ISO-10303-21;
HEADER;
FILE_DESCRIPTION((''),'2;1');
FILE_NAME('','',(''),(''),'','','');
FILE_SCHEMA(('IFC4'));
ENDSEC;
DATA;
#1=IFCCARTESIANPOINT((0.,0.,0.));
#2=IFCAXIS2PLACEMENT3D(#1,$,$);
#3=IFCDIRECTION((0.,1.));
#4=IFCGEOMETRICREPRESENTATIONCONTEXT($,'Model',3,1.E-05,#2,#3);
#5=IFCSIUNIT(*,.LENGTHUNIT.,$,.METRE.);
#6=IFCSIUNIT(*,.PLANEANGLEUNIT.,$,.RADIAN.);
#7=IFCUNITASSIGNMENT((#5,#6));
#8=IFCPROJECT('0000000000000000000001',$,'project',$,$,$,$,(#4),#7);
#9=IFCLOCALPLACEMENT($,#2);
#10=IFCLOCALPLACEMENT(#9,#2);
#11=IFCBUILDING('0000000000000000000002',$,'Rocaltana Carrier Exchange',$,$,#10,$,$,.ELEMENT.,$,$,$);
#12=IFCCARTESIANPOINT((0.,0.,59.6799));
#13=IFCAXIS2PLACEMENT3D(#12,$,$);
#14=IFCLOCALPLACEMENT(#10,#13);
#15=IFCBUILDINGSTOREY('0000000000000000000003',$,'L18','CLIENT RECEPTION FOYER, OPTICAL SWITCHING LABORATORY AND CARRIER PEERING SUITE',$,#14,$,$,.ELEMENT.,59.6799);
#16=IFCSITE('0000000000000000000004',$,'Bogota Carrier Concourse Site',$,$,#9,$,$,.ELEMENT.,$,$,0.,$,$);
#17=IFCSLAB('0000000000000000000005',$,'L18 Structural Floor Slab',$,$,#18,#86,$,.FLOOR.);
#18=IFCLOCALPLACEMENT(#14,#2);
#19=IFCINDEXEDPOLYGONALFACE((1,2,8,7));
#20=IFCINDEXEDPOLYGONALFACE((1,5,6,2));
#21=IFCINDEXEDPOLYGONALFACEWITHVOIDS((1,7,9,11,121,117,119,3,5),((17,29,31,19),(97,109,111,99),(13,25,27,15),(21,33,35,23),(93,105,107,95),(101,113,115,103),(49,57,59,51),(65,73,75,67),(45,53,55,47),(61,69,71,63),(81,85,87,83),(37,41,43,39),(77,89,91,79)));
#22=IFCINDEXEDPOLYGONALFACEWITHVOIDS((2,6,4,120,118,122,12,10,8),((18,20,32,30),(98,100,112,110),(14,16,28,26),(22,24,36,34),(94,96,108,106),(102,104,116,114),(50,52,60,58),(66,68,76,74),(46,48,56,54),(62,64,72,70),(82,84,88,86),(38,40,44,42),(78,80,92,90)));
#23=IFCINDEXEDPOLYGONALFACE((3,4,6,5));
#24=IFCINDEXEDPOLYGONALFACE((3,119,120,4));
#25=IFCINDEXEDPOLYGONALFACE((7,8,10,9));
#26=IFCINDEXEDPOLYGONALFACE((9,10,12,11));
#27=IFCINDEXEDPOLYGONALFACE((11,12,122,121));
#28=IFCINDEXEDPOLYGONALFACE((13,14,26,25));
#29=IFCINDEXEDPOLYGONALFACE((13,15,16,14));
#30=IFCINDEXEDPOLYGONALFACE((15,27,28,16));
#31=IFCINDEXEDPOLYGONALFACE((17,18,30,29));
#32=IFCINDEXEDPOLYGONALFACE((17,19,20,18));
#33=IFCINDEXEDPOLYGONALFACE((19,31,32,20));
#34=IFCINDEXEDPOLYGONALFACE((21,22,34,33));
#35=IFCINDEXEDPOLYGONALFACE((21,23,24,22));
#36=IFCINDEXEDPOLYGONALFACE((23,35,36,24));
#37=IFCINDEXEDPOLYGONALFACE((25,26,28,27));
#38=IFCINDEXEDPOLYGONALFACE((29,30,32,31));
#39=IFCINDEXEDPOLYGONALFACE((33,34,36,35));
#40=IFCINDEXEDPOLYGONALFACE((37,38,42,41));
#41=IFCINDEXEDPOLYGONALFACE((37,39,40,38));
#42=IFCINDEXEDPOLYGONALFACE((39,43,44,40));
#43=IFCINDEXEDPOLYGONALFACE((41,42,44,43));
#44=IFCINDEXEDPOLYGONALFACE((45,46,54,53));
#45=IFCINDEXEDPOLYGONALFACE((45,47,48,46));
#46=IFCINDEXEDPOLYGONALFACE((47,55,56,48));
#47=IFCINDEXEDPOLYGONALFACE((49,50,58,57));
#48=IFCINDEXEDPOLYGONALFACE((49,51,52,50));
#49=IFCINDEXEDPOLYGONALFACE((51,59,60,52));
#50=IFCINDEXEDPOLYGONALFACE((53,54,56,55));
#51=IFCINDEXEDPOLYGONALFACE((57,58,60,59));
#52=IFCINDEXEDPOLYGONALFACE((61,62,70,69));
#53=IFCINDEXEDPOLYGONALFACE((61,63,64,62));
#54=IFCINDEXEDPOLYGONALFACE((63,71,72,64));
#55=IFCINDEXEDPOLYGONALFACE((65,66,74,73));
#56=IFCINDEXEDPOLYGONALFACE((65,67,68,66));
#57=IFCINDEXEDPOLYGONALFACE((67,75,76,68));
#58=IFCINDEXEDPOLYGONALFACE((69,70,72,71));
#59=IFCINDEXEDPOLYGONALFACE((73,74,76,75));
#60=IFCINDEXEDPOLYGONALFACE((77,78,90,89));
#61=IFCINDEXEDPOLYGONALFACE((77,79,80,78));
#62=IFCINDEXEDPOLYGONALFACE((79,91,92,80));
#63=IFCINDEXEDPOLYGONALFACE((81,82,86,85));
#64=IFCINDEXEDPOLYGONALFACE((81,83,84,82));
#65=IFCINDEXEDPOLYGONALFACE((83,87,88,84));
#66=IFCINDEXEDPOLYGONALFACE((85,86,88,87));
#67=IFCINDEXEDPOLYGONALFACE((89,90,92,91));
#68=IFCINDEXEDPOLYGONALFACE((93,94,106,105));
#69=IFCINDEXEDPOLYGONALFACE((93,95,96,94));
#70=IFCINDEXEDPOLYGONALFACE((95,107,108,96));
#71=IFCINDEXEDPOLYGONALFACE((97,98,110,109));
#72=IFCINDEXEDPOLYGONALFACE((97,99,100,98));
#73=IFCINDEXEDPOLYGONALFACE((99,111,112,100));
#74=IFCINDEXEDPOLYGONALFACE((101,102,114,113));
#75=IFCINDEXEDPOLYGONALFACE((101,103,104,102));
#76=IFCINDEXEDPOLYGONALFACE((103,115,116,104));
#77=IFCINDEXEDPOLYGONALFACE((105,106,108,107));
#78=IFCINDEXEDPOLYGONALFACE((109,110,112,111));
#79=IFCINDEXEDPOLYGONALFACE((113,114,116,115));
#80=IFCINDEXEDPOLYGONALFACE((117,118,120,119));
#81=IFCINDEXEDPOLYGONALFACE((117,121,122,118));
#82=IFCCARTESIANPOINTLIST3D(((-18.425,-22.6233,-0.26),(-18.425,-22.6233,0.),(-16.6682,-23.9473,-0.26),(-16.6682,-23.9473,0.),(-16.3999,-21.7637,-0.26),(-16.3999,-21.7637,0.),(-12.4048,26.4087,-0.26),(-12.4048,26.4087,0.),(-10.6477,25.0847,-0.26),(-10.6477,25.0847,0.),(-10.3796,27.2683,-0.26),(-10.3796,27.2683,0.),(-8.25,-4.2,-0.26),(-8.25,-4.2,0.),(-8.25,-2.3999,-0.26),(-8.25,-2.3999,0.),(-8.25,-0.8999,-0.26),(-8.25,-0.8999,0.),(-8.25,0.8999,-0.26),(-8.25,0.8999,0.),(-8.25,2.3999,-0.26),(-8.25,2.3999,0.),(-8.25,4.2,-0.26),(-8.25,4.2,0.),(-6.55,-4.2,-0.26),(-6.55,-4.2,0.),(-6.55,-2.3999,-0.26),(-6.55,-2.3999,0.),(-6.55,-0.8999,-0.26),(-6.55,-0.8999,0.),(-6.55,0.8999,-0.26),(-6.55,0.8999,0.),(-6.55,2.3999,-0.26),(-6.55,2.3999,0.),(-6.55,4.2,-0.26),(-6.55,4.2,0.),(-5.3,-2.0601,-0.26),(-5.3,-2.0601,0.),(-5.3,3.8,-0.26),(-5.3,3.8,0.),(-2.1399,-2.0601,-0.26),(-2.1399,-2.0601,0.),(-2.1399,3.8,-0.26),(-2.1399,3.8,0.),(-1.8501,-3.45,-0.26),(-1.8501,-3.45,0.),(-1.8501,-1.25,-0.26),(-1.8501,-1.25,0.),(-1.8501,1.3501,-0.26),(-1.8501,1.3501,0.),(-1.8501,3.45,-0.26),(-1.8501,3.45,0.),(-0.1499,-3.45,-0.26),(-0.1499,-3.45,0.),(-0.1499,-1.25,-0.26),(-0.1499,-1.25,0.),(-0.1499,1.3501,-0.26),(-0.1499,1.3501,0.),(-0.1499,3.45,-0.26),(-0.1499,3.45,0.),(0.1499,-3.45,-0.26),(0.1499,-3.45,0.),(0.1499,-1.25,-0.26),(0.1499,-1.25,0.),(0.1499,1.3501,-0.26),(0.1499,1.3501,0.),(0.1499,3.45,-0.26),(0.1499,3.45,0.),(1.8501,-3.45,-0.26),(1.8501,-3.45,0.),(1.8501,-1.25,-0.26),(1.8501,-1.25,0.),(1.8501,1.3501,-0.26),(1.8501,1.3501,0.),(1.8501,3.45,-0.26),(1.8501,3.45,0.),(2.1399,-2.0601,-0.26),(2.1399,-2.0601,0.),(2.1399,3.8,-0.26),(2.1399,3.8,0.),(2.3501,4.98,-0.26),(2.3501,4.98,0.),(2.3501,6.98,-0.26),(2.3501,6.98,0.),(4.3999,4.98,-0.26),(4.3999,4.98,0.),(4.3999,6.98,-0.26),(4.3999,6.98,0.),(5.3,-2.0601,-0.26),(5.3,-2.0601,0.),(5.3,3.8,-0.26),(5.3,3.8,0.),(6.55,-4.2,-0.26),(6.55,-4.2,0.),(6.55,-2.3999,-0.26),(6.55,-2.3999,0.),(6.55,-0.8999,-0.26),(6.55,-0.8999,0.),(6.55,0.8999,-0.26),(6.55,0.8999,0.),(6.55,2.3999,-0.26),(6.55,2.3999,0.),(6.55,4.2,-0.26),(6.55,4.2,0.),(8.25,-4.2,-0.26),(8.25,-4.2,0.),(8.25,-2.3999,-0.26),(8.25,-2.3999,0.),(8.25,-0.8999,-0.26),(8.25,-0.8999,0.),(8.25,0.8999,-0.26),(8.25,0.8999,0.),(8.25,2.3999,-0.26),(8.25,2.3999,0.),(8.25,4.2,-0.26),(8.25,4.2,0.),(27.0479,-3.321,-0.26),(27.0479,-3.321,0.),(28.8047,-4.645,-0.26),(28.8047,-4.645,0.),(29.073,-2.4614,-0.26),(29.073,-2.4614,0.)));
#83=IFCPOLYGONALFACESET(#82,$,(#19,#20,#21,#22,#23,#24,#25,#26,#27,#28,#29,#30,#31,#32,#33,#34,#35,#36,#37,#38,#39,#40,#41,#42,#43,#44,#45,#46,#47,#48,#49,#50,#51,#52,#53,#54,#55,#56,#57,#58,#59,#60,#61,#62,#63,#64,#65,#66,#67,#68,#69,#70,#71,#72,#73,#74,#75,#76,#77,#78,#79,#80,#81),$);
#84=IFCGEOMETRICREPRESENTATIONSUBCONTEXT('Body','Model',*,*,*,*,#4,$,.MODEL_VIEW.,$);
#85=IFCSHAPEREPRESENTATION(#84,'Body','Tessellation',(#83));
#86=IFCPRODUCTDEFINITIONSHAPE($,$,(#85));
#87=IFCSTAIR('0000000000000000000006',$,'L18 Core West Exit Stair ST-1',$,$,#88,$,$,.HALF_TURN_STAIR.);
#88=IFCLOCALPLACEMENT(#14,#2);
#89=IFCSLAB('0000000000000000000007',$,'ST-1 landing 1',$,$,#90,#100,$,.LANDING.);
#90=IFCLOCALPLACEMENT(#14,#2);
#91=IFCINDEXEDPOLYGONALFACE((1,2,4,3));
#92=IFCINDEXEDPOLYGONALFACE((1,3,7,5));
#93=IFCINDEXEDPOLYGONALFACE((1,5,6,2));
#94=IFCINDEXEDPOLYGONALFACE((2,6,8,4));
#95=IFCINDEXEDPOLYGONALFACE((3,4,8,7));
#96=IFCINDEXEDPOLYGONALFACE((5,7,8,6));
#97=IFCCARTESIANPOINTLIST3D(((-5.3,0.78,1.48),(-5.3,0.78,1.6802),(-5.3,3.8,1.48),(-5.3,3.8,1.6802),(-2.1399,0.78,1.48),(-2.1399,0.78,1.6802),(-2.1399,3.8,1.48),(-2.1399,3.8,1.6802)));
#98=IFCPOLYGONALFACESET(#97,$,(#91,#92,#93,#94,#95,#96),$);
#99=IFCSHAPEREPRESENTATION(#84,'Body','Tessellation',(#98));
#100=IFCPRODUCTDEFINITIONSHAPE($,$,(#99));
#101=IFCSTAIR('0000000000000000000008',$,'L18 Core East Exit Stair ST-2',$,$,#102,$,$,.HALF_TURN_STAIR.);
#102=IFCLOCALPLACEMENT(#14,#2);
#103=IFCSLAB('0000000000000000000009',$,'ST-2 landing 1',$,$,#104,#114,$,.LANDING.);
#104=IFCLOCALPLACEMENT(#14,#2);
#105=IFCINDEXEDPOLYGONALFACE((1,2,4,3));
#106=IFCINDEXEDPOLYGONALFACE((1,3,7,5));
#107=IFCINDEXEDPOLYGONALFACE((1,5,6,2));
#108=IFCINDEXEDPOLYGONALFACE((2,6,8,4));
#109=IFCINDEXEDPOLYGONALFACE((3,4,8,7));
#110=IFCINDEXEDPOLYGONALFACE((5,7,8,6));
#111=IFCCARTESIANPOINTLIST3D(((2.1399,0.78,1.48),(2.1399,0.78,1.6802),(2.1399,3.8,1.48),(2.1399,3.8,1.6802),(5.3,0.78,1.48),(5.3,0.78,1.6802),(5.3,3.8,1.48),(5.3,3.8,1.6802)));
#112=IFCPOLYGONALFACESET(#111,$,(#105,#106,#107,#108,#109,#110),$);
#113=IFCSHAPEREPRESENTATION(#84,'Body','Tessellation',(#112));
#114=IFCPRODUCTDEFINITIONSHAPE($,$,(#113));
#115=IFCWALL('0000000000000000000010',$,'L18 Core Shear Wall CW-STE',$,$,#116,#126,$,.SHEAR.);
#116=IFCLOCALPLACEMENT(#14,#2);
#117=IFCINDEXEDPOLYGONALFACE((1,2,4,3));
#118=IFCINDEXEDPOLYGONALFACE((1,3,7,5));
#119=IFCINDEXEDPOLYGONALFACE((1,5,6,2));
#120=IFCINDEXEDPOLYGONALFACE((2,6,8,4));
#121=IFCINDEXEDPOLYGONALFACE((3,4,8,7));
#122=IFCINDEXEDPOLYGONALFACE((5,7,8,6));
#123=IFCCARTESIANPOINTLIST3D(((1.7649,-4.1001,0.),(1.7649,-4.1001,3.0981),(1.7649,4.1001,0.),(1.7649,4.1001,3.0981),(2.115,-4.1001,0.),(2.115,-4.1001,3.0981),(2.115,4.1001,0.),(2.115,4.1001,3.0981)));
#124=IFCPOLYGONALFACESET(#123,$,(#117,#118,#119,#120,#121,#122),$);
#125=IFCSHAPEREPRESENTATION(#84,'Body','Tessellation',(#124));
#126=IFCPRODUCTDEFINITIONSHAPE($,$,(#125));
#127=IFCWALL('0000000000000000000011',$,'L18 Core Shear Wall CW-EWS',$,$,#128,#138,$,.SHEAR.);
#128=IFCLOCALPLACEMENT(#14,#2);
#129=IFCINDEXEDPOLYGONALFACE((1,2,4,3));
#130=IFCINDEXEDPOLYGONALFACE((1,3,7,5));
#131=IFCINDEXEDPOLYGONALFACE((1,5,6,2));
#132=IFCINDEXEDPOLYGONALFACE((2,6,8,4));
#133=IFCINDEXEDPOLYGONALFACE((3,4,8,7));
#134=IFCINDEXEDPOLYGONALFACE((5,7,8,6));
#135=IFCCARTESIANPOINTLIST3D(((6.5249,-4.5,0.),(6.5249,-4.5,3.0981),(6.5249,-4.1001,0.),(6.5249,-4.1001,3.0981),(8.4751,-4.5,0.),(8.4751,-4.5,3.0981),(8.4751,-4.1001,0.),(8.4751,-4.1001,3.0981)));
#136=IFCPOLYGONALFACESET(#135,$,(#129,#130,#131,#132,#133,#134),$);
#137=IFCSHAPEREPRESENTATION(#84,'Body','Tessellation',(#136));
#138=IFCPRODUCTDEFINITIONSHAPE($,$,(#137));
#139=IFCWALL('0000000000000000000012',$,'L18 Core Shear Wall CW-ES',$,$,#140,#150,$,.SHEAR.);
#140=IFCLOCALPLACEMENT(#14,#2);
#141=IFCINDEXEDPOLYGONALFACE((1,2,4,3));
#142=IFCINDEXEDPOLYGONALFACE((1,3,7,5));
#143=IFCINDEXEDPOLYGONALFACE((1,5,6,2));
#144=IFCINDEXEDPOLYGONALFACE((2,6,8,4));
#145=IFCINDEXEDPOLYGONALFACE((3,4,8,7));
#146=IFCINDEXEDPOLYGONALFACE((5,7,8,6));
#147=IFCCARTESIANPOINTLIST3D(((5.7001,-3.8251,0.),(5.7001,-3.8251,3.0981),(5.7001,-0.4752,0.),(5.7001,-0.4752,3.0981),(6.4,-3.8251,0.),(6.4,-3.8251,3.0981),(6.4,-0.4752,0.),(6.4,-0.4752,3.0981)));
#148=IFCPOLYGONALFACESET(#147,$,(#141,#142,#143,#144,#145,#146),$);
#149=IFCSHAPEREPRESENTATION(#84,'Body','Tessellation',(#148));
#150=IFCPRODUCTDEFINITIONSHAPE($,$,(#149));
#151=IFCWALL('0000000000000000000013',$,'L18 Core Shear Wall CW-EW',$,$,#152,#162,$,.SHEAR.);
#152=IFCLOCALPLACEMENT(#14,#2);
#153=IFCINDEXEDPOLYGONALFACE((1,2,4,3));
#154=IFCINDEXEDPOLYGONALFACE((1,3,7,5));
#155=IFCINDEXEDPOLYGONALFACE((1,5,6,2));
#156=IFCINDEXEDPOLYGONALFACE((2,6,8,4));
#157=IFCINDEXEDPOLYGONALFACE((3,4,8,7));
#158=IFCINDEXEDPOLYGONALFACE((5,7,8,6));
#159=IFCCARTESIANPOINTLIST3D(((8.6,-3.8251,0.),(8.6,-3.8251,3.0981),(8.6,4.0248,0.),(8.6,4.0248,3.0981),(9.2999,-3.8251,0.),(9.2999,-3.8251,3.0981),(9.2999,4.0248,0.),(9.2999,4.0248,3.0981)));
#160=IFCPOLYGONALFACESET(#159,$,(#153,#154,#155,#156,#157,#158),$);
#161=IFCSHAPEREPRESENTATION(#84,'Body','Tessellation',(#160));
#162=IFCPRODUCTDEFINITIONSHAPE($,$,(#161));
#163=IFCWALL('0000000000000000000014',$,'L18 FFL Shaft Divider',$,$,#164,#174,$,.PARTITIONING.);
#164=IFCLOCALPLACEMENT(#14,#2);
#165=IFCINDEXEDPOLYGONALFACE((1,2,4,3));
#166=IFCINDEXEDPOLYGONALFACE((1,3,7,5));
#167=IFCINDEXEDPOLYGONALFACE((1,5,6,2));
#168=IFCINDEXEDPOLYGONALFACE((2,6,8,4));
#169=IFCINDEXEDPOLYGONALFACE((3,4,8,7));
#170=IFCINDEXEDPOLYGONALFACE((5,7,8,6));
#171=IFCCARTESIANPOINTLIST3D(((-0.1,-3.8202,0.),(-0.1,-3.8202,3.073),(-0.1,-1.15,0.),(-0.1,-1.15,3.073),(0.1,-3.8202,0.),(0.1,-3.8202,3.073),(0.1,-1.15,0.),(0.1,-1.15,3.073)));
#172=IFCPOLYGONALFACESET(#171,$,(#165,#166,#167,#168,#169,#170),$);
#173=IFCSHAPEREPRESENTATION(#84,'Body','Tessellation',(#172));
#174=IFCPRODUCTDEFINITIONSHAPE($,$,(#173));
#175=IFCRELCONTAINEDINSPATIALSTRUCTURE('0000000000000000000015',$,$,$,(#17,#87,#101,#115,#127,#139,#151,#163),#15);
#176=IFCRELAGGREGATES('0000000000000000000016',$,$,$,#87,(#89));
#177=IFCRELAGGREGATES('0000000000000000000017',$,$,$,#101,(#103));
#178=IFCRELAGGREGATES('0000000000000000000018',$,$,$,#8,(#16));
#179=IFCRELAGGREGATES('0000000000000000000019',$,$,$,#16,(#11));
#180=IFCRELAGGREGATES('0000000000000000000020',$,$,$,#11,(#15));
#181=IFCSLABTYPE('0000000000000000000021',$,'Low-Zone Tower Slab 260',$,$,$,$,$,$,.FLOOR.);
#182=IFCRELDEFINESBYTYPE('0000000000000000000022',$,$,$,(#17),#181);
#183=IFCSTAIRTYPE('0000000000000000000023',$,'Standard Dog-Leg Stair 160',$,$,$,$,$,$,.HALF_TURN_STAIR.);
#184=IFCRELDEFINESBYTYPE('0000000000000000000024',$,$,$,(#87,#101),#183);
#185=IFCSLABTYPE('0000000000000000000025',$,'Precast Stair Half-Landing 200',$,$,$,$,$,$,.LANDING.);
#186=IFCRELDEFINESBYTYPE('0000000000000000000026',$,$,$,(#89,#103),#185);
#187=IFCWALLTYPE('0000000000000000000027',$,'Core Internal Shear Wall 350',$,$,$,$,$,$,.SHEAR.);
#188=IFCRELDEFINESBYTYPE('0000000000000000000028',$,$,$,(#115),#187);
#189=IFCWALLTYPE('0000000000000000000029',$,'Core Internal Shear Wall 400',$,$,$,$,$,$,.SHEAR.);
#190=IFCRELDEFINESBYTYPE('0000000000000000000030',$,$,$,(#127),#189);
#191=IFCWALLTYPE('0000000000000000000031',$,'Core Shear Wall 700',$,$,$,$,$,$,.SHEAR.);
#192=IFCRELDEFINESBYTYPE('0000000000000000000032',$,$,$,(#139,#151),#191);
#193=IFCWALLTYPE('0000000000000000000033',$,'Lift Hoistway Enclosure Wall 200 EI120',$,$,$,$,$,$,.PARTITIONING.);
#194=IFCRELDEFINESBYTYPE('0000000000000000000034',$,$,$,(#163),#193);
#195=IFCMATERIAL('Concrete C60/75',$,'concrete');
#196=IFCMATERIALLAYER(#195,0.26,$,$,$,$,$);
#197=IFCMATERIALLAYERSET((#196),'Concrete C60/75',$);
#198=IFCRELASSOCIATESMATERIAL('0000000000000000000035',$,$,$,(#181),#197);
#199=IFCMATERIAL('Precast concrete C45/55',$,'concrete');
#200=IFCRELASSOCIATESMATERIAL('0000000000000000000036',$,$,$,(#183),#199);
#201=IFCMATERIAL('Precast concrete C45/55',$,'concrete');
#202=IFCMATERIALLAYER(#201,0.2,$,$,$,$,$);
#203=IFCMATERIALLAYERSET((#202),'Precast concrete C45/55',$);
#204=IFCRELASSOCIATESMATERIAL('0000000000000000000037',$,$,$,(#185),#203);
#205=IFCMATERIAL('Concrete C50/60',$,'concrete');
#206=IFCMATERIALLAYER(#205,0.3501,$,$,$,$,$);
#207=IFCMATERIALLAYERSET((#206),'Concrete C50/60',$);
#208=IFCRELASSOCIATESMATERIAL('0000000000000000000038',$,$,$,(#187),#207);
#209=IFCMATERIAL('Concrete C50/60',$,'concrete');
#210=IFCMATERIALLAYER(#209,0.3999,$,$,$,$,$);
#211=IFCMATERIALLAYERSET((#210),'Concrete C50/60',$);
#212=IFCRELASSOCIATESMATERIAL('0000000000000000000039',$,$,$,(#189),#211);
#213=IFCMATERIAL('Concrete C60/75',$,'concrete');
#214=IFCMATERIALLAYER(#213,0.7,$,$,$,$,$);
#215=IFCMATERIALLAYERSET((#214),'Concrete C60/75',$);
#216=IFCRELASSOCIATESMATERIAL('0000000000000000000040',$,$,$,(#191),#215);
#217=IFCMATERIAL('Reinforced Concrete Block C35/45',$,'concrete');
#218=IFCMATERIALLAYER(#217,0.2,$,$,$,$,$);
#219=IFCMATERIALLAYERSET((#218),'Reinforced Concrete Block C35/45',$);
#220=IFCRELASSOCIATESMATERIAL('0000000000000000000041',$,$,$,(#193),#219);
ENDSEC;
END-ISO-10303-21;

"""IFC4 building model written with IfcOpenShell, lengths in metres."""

from ifc_helpers import new_model, si_unit, direction, frame, frame_2d, origin, place, context, subcontext, project, spatial, polyline, rectangle, outline, extrude, material, layer, layer_set, type_object, element, aggregate, save


model = new_model("IFC4")

# Units and contexts
model_context = context("Model", 3, precision=1e-05, world=origin(), true_north=direction((0.0, 1.0)))
body_context = subcontext(model_context, "Body", "Model", "MODEL_VIEW")
ifc_project = project(units=[si_unit("LENGTHUNIT", "METRE"), si_unit("PLANEANGLEUNIT", "RADIAN")], contexts=[model_context])

# Site, building, storey
site_placement = place(None, origin())
site = spatial("IfcSite", under=ifc_project, at=site_placement, Name="Bogota Carrier Concourse Site", CompositionType="ELEMENT", RefElevation=0.0)
building_placement = place(site_placement, origin())
building = spatial("IfcBuilding", under=site, at=building_placement, Name="Rocaltana Carrier Exchange", CompositionType="ELEMENT")
storey_placement = place(building_placement, frame((0.0, 0.0, 59.6799)))
storey = spatial("IfcBuildingStorey", under=building, at=storey_placement, Name="L18", Description="CLIENT RECEPTION FOYER, OPTICAL SWITCHING LABORATORY AND CARRIER PEERING SUITE", CompositionType="ELEMENT", Elevation=59.6799)

# Slab
ifc_material_1 = material(Name="Concrete C60/75", Category="concrete")
ifc_layer_1 = layer(ifc_material_1, 0.26)
ifc_layer_set_1 = layer_set([ifc_layer_1], Name="Concrete C60/75")
slab_type_1 = type_object("IfcSlabType", Name="Low-Zone Tower Slab 260", PredefinedType="FLOOR", material=ifc_layer_set_1)
slab_1_placement = place(storey_placement, frame((0.0, 0.0, -0.26)))
element("IfcSlab", 1, at=slab_1_placement, inside=storey, type_object=slab_type_1, Name="L18 Structural Floor Slab", PredefinedType="FLOOR", context=body_context, shape_type="SweptSolid", body=[
    extrude(outline(polyline([(28.8047, -4.645), (27.0479, -3.321), (29.073, -2.4614), (-10.3796, 27.2683), (-10.6477, 25.0847), (-12.4048, 26.4087), (-18.425, -22.6233), (-16.3999, -21.7637), (-16.6682, -23.9473), (28.8047, -4.645)]), holes=[polyline([(-5.3, -2.0601), (-2.1399, -2.0601), (-2.1399, 3.8), (-5.3, 3.8), (-5.3, -2.0601)]), polyline([(2.1399, -2.0601), (5.3, -2.0601), (5.3, 3.8), (2.1399, 3.8), (2.1399, -2.0601)]), polyline([(-1.8501, -3.45), (-0.1499, -3.45), (-0.1499, -1.25), (-1.8501, -1.25), (-1.8501, -3.45)]), polyline([(0.1499, -3.45), (1.8501, -3.45), (1.8501, -1.25), (0.1499, -1.25), (0.1499, -3.45)]), polyline([(2.3501, 4.98), (4.3999, 4.98), (4.3999, 6.98), (2.3501, 6.98), (2.3501, 4.98)]), polyline([(-1.8501, 1.3501), (-0.1499, 1.3501), (-0.1499, 3.45), (-1.8501, 3.45), (-1.8501, 1.3501)]), polyline([(0.1499, 1.3501), (1.8501, 1.3501), (1.8501, 3.45), (0.1499, 3.45), (0.1499, 1.3501)]), polyline([(-8.25, -4.2), (-6.55, -4.2), (-6.55, -2.3999), (-8.25, -2.3999), (-8.25, -4.2)]), polyline([(-8.25, -0.8999), (-6.55, -0.8999), (-6.55, 0.8999), (-8.25, 0.8999), (-8.25, -0.8999)]), polyline([(-8.25, 2.3999), (-6.55, 2.3999), (-6.55, 4.2), (-8.25, 4.2), (-8.25, 2.3999)]), polyline([(6.55, -4.2), (8.25, -4.2), (8.25, -2.3999), (6.55, -2.3999), (6.55, -4.2)]), polyline([(6.55, -0.8999), (8.25, -0.8999), (8.25, 0.8999), (6.55, 0.8999), (6.55, -0.8999)]), polyline([(6.55, 2.3999), (8.25, 2.3999), (8.25, 4.2), (6.55, 4.2), (6.55, 2.3999)])]), origin(), (0.0, 0.0, 1.0), 0.26),
])

# Stairs, slabs
ifc_material_2 = material(Name="Precast concrete C45/55", Category="concrete")
stair_type = type_object("IfcStairType", Name="Standard Dog-Leg Stair 160", PredefinedType="HALF_TURN_STAIR", material=ifc_material_2)
stair_1_placement = place(storey_placement, origin())
stair_1 = element("IfcStair", 2, at=stair_1_placement, inside=storey, type_object=stair_type, Name="L18 Core West Exit Stair ST-1", PredefinedType="HALF_TURN_STAIR")
ifc_material_3 = material(Name="Precast concrete C45/55", Category="concrete")
ifc_layer_2 = layer(ifc_material_3, 0.2)
ifc_layer_set_2 = layer_set([ifc_layer_2], Name="Precast concrete C45/55")
slab_type_2 = type_object("IfcSlabType", Name="Precast Stair Half-Landing 200", PredefinedType="LANDING", material=ifc_layer_set_2)
slab_2_placement = place(storey_placement, frame((0.0, 0.0, 1.48)))
slab_2 = element("IfcSlab", 3, at=slab_2_placement, type_object=slab_type_2, Name="ST-1 landing 1", PredefinedType="LANDING", context=body_context, shape_type="SweptSolid", body=[
    extrude(outline(polyline([(-2.1399, 0.78), (-2.1399, 3.8), (-5.3, 3.8), (-5.3, 0.78), (-2.1399, 0.78)])), origin(), (0.0, 0.0, 1.0), 0.2002),
])
aggregate(stair_1, [slab_2])
stair_2_placement = place(storey_placement, origin())
stair_2 = element("IfcStair", 4, at=stair_2_placement, inside=storey, type_object=stair_type, Name="L18 Core East Exit Stair ST-2", PredefinedType="HALF_TURN_STAIR")
slab_3_placement = place(storey_placement, frame((0.0, 0.0, 1.48)))
slab_3 = element("IfcSlab", 5, at=slab_3_placement, type_object=slab_type_2, Name="ST-2 landing 1", PredefinedType="LANDING", context=body_context, shape_type="SweptSolid", body=[
    extrude(outline(polyline([(5.3, 0.78), (5.3, 3.8), (2.1399, 3.8), (2.1399, 0.78), (5.3, 0.78)])), origin(), (0.0, 0.0, 1.0), 0.2002),
])

# Walls
ifc_material_4 = material(Name="Concrete C50/60", Category="concrete")
ifc_layer_3 = layer(ifc_material_4, 0.3501)
ifc_layer_set_3 = layer_set([ifc_layer_3], Name="Concrete C50/60")
wall_type_1 = type_object("IfcWallType", Name="Core Internal Shear Wall 350", PredefinedType="SHEAR", material=ifc_layer_set_3)
wall_1_placement = place(storey_placement, frame((1.9399, -4.1001, 0.0), z_axis=(0.0, 0.0, 1.0), x_axis=(0.0, 1.0, 0.0)))
element("IfcWall", 6, at=wall_1_placement, inside=storey, type_object=wall_type_1, Name="L18 Core Shear Wall CW-STE", PredefinedType="SHEAR", context=body_context, shape_type="SweptSolid", body=[
    extrude(rectangle(XDim=8.2002, YDim=0.3501, at=frame_2d((4.1001, 0.0))), origin(), (0.0, 0.0, 1.0), 3.0981),
])
ifc_material_5 = material(Name="Concrete C50/60", Category="concrete")
ifc_layer_4 = layer(ifc_material_5, 0.3999)
ifc_layer_set_4 = layer_set([ifc_layer_4], Name="Concrete C50/60")
wall_type_2 = type_object("IfcWallType", Name="Core Internal Shear Wall 400", PredefinedType="SHEAR", material=ifc_layer_set_4)
wall_2_placement = place(storey_placement, frame((6.5249, -4.3, 0.0), z_axis=(0.0, 0.0, 1.0), x_axis=(1.0, 0.0, 0.0)))
element("IfcWall", 7, at=wall_2_placement, inside=storey, type_object=wall_type_2, Name="L18 Core Shear Wall CW-EWS", PredefinedType="SHEAR", context=body_context, shape_type="SweptSolid", body=[
    extrude(rectangle(XDim=1.9502, YDim=0.3999, at=frame_2d((0.9751, 0.0))), origin(), (0.0, 0.0, 1.0), 3.0981),
])
ifc_material_6 = material(Name="Concrete C60/75", Category="concrete")
ifc_layer_5 = layer(ifc_material_6, 0.7)
ifc_layer_set_5 = layer_set([ifc_layer_5], Name="Concrete C60/75")
wall_type_3 = type_object("IfcWallType", Name="Core Shear Wall 700", PredefinedType="SHEAR", material=ifc_layer_set_5)
wall_3_placement = place(storey_placement, frame((6.05, -3.825, 0.0), z_axis=(0.0, 0.0, 1.0), x_axis=(0.0, 1.0, 0.0)))
element("IfcWall", 8, at=wall_3_placement, inside=storey, type_object=wall_type_3, Name="L18 Core Shear Wall CW-ES", PredefinedType="SHEAR", context=body_context, shape_type="SweptSolid", body=[
    extrude(rectangle(XDim=3.3499, YDim=0.7, at=frame_2d((1.6748, 0.0))), origin(), (0.0, 0.0, 1.0), 3.0981),
])
wall_4_placement = place(storey_placement, frame((8.95, -3.825, 0.0), z_axis=(0.0, 0.0, 1.0), x_axis=(0.0, 1.0, 0.0)))
element("IfcWall", 9, at=wall_4_placement, inside=storey, type_object=wall_type_3, Name="L18 Core Shear Wall CW-EW", PredefinedType="SHEAR", context=body_context, shape_type="SweptSolid", body=[
    extrude(rectangle(XDim=7.8499, YDim=0.7, at=frame_2d((3.9248, 0.0))), origin(), (0.0, 0.0, 1.0), 3.0981),
])
ifc_material_7 = material(Name="Reinforced Concrete Block C35/45", Category="concrete")
ifc_layer_6 = layer(ifc_material_7, 0.2)
ifc_layer_set_6 = layer_set([ifc_layer_6], Name="Reinforced Concrete Block C35/45")
wall_type_4 = type_object("IfcWallType", Name="Lift Hoistway Enclosure Wall 200 EI120", PredefinedType="PARTITIONING", material=ifc_layer_set_6)
wall_5_placement = place(storey_placement, frame((0.0, -3.8201, 0.0), z_axis=(0.0, 0.0, 1.0), x_axis=(0.0, 1.0, 0.0)))
element("IfcWall", 10, at=wall_5_placement, inside=storey, type_object=wall_type_4, Name="L18 FFL Shaft Divider", PredefinedType="PARTITIONING", context=body_context, shape_type="SweptSolid", body=[
    extrude(rectangle(XDim=2.6702, YDim=0.2, at=frame_2d((1.335, 0.0))), origin(), (0.0, 0.0, 1.0), 3.073),
])

aggregate(stair_2, [slab_3])

save(model, "model.ifc")
